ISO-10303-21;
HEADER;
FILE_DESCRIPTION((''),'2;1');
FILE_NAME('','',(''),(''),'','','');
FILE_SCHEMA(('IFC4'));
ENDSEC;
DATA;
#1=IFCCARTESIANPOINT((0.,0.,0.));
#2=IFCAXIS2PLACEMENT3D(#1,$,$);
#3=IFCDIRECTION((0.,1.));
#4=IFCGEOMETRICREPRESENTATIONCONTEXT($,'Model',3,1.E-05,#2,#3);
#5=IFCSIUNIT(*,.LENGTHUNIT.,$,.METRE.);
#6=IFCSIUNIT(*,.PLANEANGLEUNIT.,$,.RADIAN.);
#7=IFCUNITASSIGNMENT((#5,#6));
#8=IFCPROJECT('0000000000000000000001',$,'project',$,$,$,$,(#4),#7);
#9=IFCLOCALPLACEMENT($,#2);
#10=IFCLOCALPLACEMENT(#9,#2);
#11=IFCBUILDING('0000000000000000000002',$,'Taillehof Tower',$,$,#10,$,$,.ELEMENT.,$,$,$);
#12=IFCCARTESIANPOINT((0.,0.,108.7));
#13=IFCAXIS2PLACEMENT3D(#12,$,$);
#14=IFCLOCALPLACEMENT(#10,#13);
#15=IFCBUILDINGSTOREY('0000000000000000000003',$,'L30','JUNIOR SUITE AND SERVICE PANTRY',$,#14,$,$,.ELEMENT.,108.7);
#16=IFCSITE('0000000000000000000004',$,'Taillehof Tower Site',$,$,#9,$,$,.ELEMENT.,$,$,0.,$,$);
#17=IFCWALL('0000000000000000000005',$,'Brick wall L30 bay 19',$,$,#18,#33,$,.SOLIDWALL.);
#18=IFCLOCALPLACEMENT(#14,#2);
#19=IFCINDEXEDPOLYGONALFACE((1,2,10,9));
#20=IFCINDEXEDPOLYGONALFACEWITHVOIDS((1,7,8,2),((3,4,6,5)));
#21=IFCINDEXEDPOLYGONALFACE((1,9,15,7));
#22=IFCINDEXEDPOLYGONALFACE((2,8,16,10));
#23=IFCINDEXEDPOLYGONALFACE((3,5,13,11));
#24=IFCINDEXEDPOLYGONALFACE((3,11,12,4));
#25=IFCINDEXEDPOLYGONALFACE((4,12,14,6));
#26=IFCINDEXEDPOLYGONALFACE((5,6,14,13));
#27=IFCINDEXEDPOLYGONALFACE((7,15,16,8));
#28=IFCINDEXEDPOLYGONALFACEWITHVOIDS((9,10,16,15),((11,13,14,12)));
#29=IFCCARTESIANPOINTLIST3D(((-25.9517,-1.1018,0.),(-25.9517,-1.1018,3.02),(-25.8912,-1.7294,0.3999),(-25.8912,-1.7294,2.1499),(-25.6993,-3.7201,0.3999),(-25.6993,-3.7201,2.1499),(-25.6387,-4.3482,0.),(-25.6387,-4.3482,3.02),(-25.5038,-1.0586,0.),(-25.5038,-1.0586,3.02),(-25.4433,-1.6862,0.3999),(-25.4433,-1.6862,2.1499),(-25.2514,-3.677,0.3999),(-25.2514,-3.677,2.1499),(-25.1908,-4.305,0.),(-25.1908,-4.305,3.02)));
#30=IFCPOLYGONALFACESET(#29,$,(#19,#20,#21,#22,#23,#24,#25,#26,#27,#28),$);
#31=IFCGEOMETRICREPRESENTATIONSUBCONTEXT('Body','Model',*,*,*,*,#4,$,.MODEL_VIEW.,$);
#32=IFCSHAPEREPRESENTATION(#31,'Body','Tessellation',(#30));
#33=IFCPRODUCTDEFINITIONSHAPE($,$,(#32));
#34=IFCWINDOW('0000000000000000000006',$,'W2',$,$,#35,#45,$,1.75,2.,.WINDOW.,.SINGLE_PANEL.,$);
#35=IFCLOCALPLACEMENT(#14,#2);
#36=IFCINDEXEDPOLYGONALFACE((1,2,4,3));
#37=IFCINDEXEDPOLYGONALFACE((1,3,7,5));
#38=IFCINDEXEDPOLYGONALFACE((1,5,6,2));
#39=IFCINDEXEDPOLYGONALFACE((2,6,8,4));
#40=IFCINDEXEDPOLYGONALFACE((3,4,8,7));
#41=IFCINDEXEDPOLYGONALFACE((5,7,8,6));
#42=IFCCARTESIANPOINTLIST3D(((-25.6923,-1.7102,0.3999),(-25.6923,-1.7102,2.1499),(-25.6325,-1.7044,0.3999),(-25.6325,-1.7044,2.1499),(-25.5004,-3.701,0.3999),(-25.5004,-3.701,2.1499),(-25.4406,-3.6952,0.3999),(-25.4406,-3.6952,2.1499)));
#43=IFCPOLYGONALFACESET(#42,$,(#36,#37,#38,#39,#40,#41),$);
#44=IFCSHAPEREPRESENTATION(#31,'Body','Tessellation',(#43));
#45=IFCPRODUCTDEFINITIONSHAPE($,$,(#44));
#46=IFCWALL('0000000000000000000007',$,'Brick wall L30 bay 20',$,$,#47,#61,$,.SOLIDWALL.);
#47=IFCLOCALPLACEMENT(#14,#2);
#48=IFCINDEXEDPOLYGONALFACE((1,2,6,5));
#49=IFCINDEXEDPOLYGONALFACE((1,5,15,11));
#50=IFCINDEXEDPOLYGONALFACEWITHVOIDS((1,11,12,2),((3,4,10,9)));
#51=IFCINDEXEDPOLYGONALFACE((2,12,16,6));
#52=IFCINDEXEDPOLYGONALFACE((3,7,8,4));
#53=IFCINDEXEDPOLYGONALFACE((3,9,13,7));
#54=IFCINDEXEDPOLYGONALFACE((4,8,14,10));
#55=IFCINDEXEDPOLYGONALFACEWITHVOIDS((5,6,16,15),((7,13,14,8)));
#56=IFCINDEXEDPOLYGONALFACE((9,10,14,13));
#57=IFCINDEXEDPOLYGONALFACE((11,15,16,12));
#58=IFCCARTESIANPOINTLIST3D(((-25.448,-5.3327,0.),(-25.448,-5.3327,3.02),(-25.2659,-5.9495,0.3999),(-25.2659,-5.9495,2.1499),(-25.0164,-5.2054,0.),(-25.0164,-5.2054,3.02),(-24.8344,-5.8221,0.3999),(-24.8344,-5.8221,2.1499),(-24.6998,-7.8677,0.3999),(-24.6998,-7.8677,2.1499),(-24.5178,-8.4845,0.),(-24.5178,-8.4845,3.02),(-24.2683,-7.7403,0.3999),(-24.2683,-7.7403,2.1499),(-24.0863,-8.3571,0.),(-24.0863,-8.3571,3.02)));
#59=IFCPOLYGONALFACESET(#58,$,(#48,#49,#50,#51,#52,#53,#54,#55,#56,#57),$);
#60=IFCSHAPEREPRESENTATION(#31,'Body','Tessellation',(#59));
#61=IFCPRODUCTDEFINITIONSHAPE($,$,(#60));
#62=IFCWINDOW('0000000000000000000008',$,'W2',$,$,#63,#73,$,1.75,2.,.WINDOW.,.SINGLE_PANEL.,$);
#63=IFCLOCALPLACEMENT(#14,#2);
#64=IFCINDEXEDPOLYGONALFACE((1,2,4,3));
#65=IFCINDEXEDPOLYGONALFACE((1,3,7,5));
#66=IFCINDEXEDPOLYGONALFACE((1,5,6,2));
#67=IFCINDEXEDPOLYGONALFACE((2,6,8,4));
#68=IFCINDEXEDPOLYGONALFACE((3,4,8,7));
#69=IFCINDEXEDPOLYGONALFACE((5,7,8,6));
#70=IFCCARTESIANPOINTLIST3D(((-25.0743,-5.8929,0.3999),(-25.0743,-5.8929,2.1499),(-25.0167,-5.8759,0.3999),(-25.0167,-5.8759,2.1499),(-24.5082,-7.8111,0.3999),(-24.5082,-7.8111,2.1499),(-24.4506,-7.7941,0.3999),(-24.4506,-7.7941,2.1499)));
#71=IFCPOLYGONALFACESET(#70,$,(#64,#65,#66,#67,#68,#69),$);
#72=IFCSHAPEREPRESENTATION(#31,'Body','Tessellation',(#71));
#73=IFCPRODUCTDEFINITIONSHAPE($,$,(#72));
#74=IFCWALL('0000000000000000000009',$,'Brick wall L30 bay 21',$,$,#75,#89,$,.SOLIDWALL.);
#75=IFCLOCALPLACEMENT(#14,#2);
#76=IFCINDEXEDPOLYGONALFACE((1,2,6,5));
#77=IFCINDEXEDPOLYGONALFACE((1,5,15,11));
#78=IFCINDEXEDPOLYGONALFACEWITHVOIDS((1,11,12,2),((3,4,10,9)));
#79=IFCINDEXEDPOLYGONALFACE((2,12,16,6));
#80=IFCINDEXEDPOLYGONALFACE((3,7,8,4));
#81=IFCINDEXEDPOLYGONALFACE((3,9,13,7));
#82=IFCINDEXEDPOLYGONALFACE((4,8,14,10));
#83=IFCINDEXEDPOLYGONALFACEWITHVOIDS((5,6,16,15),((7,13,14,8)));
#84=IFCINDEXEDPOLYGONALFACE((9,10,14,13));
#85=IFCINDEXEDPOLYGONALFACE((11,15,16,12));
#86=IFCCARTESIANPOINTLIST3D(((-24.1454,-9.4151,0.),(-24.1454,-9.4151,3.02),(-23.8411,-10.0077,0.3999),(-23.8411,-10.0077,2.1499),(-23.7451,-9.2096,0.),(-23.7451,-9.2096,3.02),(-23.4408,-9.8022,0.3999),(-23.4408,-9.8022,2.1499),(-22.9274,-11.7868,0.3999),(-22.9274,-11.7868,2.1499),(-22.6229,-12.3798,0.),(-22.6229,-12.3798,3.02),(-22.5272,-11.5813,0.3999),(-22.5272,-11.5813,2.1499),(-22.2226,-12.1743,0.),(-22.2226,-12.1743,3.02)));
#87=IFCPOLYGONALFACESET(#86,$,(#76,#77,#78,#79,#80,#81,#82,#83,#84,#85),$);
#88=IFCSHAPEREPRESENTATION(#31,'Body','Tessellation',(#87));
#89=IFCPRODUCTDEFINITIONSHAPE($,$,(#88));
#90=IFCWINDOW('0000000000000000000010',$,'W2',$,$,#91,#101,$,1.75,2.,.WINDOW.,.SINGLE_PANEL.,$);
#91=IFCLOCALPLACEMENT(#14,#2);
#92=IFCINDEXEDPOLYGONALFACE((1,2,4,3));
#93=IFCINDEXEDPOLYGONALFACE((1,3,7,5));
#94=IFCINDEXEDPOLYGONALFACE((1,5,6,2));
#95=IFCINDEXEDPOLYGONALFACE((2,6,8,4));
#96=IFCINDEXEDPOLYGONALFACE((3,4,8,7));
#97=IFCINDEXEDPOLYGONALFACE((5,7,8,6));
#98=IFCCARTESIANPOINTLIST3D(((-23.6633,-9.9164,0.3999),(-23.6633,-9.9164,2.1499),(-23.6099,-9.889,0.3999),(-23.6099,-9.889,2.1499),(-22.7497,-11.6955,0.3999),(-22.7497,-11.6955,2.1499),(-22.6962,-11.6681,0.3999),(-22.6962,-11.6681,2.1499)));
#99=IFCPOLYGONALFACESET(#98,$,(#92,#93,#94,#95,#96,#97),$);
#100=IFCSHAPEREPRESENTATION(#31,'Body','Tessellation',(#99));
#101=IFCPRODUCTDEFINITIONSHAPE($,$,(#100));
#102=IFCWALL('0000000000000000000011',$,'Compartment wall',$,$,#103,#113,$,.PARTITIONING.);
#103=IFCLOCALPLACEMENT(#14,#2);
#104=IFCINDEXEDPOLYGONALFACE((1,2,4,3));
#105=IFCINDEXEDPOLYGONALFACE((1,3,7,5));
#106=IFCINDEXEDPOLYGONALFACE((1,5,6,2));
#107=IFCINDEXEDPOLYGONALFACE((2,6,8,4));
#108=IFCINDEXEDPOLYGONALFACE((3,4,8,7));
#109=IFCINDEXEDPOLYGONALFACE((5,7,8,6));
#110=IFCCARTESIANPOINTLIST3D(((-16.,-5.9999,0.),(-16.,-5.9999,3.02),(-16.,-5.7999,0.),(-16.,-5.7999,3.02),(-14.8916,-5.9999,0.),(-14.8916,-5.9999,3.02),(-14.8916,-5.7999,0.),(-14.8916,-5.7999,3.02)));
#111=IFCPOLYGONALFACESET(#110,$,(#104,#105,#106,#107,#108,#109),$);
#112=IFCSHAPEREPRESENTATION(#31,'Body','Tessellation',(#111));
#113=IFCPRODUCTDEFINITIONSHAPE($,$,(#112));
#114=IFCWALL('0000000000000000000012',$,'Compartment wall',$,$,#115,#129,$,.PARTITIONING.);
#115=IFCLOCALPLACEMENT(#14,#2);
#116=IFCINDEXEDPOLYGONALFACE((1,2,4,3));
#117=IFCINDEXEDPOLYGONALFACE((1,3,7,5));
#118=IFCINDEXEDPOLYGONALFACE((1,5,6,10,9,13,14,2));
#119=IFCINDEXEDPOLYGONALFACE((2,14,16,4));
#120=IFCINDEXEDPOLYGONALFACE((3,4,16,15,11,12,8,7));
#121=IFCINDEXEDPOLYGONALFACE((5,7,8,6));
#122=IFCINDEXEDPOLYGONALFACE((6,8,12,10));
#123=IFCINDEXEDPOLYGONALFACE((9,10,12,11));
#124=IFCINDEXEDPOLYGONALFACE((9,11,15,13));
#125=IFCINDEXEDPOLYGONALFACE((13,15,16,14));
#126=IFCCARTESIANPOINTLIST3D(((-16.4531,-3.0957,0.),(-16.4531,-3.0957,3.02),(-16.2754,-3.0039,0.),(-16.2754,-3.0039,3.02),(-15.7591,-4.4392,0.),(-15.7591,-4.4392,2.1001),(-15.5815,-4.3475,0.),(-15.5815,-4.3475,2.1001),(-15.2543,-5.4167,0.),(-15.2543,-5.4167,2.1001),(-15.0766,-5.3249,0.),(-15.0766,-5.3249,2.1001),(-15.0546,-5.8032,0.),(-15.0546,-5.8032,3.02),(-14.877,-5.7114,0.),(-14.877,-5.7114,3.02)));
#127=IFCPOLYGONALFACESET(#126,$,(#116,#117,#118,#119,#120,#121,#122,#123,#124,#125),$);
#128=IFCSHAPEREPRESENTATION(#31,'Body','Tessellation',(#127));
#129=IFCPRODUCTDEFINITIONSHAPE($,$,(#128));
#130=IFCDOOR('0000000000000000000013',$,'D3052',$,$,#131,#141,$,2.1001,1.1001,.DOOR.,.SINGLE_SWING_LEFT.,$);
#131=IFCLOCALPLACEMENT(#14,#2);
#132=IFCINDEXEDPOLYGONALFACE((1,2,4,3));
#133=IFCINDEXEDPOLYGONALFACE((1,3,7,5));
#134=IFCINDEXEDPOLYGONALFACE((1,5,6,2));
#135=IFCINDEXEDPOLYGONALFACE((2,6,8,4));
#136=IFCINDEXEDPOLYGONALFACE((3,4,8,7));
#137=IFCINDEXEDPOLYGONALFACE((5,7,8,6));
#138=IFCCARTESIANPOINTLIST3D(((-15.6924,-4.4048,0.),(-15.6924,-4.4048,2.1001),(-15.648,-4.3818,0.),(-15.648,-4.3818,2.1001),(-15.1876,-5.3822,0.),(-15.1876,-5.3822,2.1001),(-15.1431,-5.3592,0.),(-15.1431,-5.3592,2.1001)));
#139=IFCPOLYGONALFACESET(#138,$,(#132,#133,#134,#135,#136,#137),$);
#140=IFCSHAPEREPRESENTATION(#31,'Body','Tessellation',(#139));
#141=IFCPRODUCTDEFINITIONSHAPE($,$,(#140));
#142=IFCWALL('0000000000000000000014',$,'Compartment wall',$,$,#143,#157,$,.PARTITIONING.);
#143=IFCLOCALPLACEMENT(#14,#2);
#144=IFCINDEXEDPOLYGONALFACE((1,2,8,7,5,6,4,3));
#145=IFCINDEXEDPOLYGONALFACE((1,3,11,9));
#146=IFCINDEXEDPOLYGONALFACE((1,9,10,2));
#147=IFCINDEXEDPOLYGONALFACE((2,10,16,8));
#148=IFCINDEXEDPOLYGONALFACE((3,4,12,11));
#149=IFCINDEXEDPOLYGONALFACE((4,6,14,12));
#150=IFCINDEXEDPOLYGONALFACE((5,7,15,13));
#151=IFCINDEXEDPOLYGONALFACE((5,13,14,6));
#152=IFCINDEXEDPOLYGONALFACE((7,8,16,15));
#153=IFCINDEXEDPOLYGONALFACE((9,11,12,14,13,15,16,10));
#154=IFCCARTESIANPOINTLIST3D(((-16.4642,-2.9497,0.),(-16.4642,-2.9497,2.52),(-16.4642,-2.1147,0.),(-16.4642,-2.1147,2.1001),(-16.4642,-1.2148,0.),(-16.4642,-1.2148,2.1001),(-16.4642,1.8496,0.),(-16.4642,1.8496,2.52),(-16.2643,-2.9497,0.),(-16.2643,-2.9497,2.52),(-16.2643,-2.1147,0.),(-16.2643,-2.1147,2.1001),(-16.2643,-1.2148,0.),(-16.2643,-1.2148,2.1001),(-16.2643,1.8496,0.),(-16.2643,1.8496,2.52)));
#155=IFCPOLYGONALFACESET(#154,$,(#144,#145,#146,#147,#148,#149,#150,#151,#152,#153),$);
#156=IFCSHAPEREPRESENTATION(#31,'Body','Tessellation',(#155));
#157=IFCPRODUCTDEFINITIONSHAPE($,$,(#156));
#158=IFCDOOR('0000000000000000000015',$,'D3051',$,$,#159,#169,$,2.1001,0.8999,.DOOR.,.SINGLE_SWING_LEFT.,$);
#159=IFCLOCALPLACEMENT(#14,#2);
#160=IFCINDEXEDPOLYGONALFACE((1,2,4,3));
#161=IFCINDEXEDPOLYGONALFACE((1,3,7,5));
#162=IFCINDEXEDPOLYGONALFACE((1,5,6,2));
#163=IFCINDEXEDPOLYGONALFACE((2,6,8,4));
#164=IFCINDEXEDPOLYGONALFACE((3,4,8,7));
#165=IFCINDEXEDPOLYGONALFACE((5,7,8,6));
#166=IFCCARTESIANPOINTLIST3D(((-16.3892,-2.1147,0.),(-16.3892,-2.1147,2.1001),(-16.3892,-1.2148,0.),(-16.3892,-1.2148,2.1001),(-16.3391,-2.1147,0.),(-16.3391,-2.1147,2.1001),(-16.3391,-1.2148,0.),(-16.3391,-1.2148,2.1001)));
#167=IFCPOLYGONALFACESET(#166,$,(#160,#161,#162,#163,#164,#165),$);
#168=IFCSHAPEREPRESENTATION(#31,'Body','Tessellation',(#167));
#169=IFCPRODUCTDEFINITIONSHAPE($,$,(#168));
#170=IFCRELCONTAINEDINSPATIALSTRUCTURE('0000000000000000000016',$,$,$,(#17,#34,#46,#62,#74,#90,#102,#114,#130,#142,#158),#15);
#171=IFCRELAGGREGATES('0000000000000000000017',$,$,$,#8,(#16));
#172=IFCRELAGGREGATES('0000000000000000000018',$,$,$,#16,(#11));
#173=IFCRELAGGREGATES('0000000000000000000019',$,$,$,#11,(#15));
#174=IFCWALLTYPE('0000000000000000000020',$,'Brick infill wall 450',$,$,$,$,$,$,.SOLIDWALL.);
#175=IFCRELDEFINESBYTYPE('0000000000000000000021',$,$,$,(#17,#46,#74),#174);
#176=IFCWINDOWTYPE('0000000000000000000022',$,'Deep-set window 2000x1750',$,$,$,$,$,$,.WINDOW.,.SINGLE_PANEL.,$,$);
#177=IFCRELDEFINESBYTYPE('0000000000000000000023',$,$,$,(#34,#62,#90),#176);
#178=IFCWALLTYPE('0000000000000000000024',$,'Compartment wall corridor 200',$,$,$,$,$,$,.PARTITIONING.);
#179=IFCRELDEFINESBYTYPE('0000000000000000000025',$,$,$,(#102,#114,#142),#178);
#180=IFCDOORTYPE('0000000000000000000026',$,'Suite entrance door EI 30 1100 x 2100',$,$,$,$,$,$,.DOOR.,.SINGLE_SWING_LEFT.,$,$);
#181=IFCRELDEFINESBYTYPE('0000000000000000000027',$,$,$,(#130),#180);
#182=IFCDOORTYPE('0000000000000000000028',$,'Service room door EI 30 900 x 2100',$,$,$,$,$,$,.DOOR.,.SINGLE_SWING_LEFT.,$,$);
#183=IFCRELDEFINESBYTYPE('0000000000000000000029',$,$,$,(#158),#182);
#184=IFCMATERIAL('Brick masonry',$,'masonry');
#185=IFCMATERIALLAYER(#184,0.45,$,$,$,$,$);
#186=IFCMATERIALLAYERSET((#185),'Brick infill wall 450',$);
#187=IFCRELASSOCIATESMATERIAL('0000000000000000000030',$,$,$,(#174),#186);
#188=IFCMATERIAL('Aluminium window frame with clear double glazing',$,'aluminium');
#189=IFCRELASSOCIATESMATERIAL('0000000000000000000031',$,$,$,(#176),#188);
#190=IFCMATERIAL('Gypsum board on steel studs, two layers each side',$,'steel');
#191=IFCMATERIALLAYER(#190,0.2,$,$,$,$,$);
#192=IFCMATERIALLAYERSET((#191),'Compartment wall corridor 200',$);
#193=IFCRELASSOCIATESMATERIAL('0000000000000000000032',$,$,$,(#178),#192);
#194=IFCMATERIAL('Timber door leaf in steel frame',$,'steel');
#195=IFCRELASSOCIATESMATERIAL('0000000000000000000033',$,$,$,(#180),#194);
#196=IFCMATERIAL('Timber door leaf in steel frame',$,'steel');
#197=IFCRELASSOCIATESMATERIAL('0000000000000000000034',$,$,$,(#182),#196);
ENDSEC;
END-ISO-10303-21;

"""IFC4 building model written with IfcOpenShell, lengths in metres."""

from ifc_helpers import new_model, si_unit, direction, frame, frame_2d, origin, place, context, subcontext, project, spatial, rectangle, extrude, material, layer, layer_set, type_object, element, fill, save


model = new_model("IFC4")

# Units and contexts
model_context = context("Model", 3, precision=1e-05, world=origin(), true_north=direction((0.0, 1.0)))
body_context = subcontext(model_context, "Body", "Model", "MODEL_VIEW")
ifc_project = project(units=[si_unit("LENGTHUNIT", "METRE"), si_unit("PLANEANGLEUNIT", "RADIAN")], contexts=[model_context])

# Site, building, storey
site_placement = place(None, origin())
site = spatial("IfcSite", under=ifc_project, at=site_placement, Name="Taillehof Tower Site", CompositionType="ELEMENT", RefElevation=0.0)
building_placement = place(site_placement, origin())
building = spatial("IfcBuilding", under=site, at=building_placement, Name="Taillehof Tower", CompositionType="ELEMENT")
storey_placement = place(building_placement, frame((0.0, 0.0, 108.7)))
storey = spatial("IfcBuildingStorey", under=building, at=storey_placement, Name="L30", Description="JUNIOR SUITE AND SERVICE PANTRY", CompositionType="ELEMENT", Elevation=108.7)

# Walls, openings, windows
ifc_material_1 = material(Name="Brick masonry", Category="masonry")
ifc_layer_1 = layer(ifc_material_1, 0.45)
ifc_layer_set_1 = layer_set([ifc_layer_1], Name="Brick infill wall 450")
wall_type_1 = type_object("IfcWallType", Name="Brick infill wall 450", PredefinedType="SOLIDWALL", material=ifc_layer_set_1)
wall_1_placement = place(storey_placement, frame((-25.7278, -1.0801, 0.0), z_axis=(0.0, 0.0, 1.0), x_axis=(0.095968, -0.995384, 0.0)))
wall_1 = element("IfcWall", 1, at=wall_1_placement, inside=storey, type_object=wall_type_1, Name="Brick wall L30 bay 19", PredefinedType="SOLIDWALL", context=body_context, shape_type="SweptSolid", body=[
    extrude(rectangle(XDim=3.2615, YDim=0.45, at=frame_2d((1.6309, 0.0))), origin(), (0.0, 0.0, 1.0), 3.02),
])
opening_1_placement = place(wall_1_placement, frame((0.6306, 0.0, 0.3999)))
opening_1 = element("IfcOpeningElement", 2, at=opening_1_placement, cuts=wall_1, PredefinedType="OPENING", context=body_context, shape_type="SweptSolid", body=[
    extrude(rectangle(XDim=2.0, YDim=1.75, at=frame_2d((1.0, 0.875))), frame((0.0, 0.2349, 0.0), z_axis=(0.0, -1.0, 0.0), x_axis=(1.0, 0.0, 0.0)), (0.0, 0.0, 1.0), 0.47),
])
ifc_material_2 = material(Name="Aluminium window frame with clear double glazing", Category="aluminium")
window_type = type_object("IfcWindowType", Name="Deep-set window 2000x1750", PartitioningType="SINGLE_PANEL", PredefinedType="WINDOW", material=ifc_material_2)
window_1_placement = place(opening_1_placement, origin())
window_1 = element("IfcWindow", 3, at=window_1_placement, inside=storey, type_object=window_type, Name="W2", OverallHeight=1.75, OverallWidth=2.0, PartitioningType="SINGLE_PANEL", PredefinedType="WINDOW", context=body_context, shape_type="SweptSolid", body=[
    extrude(rectangle(XDim=2.0, YDim=1.75, at=frame_2d((1.0, 0.875))), frame((0.0, 0.0349, 0.0), z_axis=(0.0, -1.0, 0.0), x_axis=(1.0, 0.0, 0.0)), (0.0, 0.0, 1.0), 0.0601),
])
fill(opening_1, window_1)
wall_2_placement = place(storey_placement, frame((-25.2322, -5.269, 0.0), z_axis=(0.0, 0.0, 1.0), x_axis=(0.283051, -0.959105, 0.0)))
wall_2 = element("IfcWall", 4, at=wall_2_placement, inside=storey, type_object=wall_type_1, Name="Brick wall L30 bay 20", PredefinedType="SOLIDWALL", context=body_context, shape_type="SweptSolid", body=[
    extrude(rectangle(XDim=3.2861, YDim=0.45, at=frame_2d((1.6431, 0.0))), origin(), (0.0, 0.0, 1.0), 3.02),
])
opening_2_placement = place(wall_2_placement, frame((0.6431, 0.0, 0.3999)))
opening_2 = element("IfcOpeningElement", 5, at=opening_2_placement, cuts=wall_2, PredefinedType="OPENING", context=body_context, shape_type="SweptSolid", body=[
    extrude(rectangle(XDim=2.0, YDim=1.75, at=frame_2d((1.0, 0.875))), frame((0.0, 0.2349, 0.0), z_axis=(0.0, -1.0, 0.0), x_axis=(1.0, 0.0, 0.0)), (0.0, 0.0, 1.0), 0.47),
])
window_2_placement = place(opening_2_placement, origin())
window_2 = element("IfcWindow", 6, at=window_2_placement, inside=storey, type_object=window_type, Name="W2", OverallHeight=1.75, OverallWidth=2.0, PartitioningType="SINGLE_PANEL", PredefinedType="WINDOW", context=body_context, shape_type="SweptSolid", body=[
    extrude(rectangle(XDim=2.0, YDim=1.75, at=frame_2d((1.0, 0.875))), frame((0.0, 0.0349, 0.0), z_axis=(0.0, -1.0, 0.0), x_axis=(1.0, 0.0, 0.0)), (0.0, 0.0, 1.0), 0.0601),
])
fill(opening_2, window_2)
wall_3_placement = place(storey_placement, frame((-23.9453, -9.3123, 0.0), z_axis=(0.0, 0.0, 1.0), x_axis=(0.456828, -0.889555, 0.0)))
wall_3 = element("IfcWall", 7, at=wall_3_placement, inside=storey, type_object=wall_type_1, Name="Brick wall L30 bay 21", PredefinedType="SOLIDWALL", context=body_context, shape_type="SweptSolid", body=[
    extrude(rectangle(XDim=3.3328, YDim=0.45, at=frame_2d((1.6665, 0.0))), origin(), (0.0, 0.0, 1.0), 3.02),
])
opening_3_placement = place(wall_3_placement, frame((0.6663, 0.0, 0.3999)))
opening_3 = element("IfcOpeningElement", 8, at=opening_3_placement, cuts=wall_3, PredefinedType="OPENING", context=body_context, shape_type="SweptSolid", body=[
    extrude(rectangle(XDim=2.0, YDim=1.75, at=frame_2d((1.0, 0.875))), frame((0.0, 0.2349, 0.0), z_axis=(0.0, -1.0, 0.0), x_axis=(1.0, 0.0, 0.0)), (0.0, 0.0, 1.0), 0.47),
])
window_3_placement = place(opening_3_placement, origin())
window_3 = element("IfcWindow", 9, at=window_3_placement, inside=storey, type_object=window_type, Name="W2", OverallHeight=1.75, OverallWidth=2.0, PartitioningType="SINGLE_PANEL", PredefinedType="WINDOW", context=body_context, shape_type="SweptSolid", body=[
    extrude(rectangle(XDim=2.0, YDim=1.75, at=frame_2d((1.0, 0.875))), frame((0.0, 0.0349, 0.0), z_axis=(0.0, -1.0, 0.0), x_axis=(1.0, 0.0, 0.0)), (0.0, 0.0, 1.0), 0.0601),
])
fill(opening_3, window_3)

# Wall
ifc_material_3 = material(Name="Gypsum board on steel studs, two layers each side", Category="steel")
ifc_layer_2 = layer(ifc_material_3, 0.2)
ifc_layer_set_2 = layer_set([ifc_layer_2], Name="Compartment wall corridor 200")
wall_type_2 = type_object("IfcWallType", Name="Compartment wall corridor 200", PredefinedType="PARTITIONING", material=ifc_layer_set_2)
wall_4_placement = place(storey_placement, frame((-16.0, -5.8999, 0.0), z_axis=(0.0, 0.0, 1.0), x_axis=(1.0, 0.0, 0.0)))
element("IfcWall", 10, at=wall_4_placement, inside=storey, type_object=wall_type_2, Name="Compartment wall", PredefinedType="PARTITIONING", context=body_context, shape_type="SweptSolid", body=[
    extrude(rectangle(XDim=1.1084, YDim=0.2, at=frame_2d((0.5542, 0.0))), origin(), (0.0, 0.0, 1.0), 3.02),
])

# Walls, openings, doors
wall_5_placement = place(storey_placement, frame((-14.9658, -5.7573, 0.0), z_axis=(0.0, 0.0, 1.0), x_axis=(-0.458904, 0.888486, 0.0)))
wall_5 = element("IfcWall", 11, at=wall_5_placement, inside=storey, type_object=wall_type_2, Name="Compartment wall", PredefinedType="PARTITIONING", context=body_context, shape_type="SweptSolid", body=[
    extrude(rectangle(XDim=3.0474, YDim=0.2, at=frame_2d((1.5237, 0.0))), origin(), (0.0, 0.0, 1.0), 3.02),
])
opening_4_placement = place(wall_5_placement, frame((0.4351, 0.0, 0.0)))
opening_4 = element("IfcOpeningElement", 12, at=opening_4_placement, cuts=wall_5, PredefinedType="OPENING", context=body_context, shape_type="SweptSolid", body=[
    extrude(rectangle(XDim=1.1001, YDim=2.1001, at=frame_2d((0.55, 1.05))), frame((0.0, 0.1099, 0.0), z_axis=(0.0, -1.0, 0.0), x_axis=(1.0, 0.0, 0.0)), (0.0, 0.0, 1.0), 0.22),
])
ifc_material_4 = material(Name="Timber door leaf in steel frame", Category="steel")
door_type_1 = type_object("IfcDoorType", Name="Suite entrance door EI 30 1100 x 2100", OperationType="SINGLE_SWING_LEFT", PredefinedType="DOOR", material=ifc_material_4)
door_1_placement = place(opening_4_placement, origin())
door_1 = element("IfcDoor", 13, at=door_1_placement, inside=storey, type_object=door_type_1, Name="D3052", OperationType="SINGLE_SWING_LEFT", OverallHeight=2.1001, OverallWidth=1.1001, PredefinedType="DOOR", context=body_context, shape_type="SweptSolid", body=[
    extrude(rectangle(XDim=1.1001, YDim=2.1001, at=frame_2d((0.55, 1.05))), frame((0.0, 0.0249, 0.0), z_axis=(0.0, -1.0, 0.0), x_axis=(1.0, 0.0, 0.0)), (0.0, 0.0, 1.0), 0.05),
])
fill(opening_4, door_1)
wall_6_placement = place(storey_placement, frame((-16.3643, -2.9497, 0.0), z_axis=(0.0, 0.0, 1.0), x_axis=(0.0, 1.0, 0.0)))
wall_6 = element("IfcWall", 14, at=wall_6_placement, inside=storey, type_object=wall_type_2, Name="Compartment wall", PredefinedType="PARTITIONING", context=body_context, shape_type="SweptSolid", body=[
    extrude(rectangle(XDim=4.7993, YDim=0.2, at=frame_2d((2.3997, 0.0))), origin(), (0.0, 0.0, 1.0), 2.52),
])
opening_5_placement = place(wall_6_placement, frame((0.835, 0.0, 0.0)))
opening_5 = element("IfcOpeningElement", 15, at=opening_5_placement, cuts=wall_6, PredefinedType="OPENING", context=body_context, shape_type="SweptSolid", body=[
    extrude(rectangle(XDim=0.8999, YDim=2.1001, at=frame_2d((0.45, 1.05))), frame((0.0, 0.1099, 0.0), z_axis=(0.0, -1.0, 0.0), x_axis=(1.0, 0.0, 0.0)), (0.0, 0.0, 1.0), 0.22),
])
ifc_material_5 = material(Name="Timber door leaf in steel frame", Category="steel")
door_type_2 = type_object("IfcDoorType", Name="Service room door EI 30 900 x 2100", OperationType="SINGLE_SWING_LEFT", PredefinedType="DOOR", material=ifc_material_5)
door_2_placement = place(opening_5_placement, origin())
door_2 = element("IfcDoor", 16, at=door_2_placement, inside=storey, type_object=door_type_2, Name="D3051", OperationType="SINGLE_SWING_LEFT", OverallHeight=2.1001, OverallWidth=0.8999, PredefinedType="DOOR", context=body_context, shape_type="SweptSolid", body=[
    extrude(rectangle(XDim=0.8999, YDim=2.1001, at=frame_2d((0.45, 1.05))), frame((0.0, 0.0249, 0.0), z_axis=(0.0, -1.0, 0.0), x_axis=(1.0, 0.0, 0.0)), (0.0, 0.0, 1.0), 0.05),
])
fill(opening_5, door_2)

save(model, "model.ifc")
